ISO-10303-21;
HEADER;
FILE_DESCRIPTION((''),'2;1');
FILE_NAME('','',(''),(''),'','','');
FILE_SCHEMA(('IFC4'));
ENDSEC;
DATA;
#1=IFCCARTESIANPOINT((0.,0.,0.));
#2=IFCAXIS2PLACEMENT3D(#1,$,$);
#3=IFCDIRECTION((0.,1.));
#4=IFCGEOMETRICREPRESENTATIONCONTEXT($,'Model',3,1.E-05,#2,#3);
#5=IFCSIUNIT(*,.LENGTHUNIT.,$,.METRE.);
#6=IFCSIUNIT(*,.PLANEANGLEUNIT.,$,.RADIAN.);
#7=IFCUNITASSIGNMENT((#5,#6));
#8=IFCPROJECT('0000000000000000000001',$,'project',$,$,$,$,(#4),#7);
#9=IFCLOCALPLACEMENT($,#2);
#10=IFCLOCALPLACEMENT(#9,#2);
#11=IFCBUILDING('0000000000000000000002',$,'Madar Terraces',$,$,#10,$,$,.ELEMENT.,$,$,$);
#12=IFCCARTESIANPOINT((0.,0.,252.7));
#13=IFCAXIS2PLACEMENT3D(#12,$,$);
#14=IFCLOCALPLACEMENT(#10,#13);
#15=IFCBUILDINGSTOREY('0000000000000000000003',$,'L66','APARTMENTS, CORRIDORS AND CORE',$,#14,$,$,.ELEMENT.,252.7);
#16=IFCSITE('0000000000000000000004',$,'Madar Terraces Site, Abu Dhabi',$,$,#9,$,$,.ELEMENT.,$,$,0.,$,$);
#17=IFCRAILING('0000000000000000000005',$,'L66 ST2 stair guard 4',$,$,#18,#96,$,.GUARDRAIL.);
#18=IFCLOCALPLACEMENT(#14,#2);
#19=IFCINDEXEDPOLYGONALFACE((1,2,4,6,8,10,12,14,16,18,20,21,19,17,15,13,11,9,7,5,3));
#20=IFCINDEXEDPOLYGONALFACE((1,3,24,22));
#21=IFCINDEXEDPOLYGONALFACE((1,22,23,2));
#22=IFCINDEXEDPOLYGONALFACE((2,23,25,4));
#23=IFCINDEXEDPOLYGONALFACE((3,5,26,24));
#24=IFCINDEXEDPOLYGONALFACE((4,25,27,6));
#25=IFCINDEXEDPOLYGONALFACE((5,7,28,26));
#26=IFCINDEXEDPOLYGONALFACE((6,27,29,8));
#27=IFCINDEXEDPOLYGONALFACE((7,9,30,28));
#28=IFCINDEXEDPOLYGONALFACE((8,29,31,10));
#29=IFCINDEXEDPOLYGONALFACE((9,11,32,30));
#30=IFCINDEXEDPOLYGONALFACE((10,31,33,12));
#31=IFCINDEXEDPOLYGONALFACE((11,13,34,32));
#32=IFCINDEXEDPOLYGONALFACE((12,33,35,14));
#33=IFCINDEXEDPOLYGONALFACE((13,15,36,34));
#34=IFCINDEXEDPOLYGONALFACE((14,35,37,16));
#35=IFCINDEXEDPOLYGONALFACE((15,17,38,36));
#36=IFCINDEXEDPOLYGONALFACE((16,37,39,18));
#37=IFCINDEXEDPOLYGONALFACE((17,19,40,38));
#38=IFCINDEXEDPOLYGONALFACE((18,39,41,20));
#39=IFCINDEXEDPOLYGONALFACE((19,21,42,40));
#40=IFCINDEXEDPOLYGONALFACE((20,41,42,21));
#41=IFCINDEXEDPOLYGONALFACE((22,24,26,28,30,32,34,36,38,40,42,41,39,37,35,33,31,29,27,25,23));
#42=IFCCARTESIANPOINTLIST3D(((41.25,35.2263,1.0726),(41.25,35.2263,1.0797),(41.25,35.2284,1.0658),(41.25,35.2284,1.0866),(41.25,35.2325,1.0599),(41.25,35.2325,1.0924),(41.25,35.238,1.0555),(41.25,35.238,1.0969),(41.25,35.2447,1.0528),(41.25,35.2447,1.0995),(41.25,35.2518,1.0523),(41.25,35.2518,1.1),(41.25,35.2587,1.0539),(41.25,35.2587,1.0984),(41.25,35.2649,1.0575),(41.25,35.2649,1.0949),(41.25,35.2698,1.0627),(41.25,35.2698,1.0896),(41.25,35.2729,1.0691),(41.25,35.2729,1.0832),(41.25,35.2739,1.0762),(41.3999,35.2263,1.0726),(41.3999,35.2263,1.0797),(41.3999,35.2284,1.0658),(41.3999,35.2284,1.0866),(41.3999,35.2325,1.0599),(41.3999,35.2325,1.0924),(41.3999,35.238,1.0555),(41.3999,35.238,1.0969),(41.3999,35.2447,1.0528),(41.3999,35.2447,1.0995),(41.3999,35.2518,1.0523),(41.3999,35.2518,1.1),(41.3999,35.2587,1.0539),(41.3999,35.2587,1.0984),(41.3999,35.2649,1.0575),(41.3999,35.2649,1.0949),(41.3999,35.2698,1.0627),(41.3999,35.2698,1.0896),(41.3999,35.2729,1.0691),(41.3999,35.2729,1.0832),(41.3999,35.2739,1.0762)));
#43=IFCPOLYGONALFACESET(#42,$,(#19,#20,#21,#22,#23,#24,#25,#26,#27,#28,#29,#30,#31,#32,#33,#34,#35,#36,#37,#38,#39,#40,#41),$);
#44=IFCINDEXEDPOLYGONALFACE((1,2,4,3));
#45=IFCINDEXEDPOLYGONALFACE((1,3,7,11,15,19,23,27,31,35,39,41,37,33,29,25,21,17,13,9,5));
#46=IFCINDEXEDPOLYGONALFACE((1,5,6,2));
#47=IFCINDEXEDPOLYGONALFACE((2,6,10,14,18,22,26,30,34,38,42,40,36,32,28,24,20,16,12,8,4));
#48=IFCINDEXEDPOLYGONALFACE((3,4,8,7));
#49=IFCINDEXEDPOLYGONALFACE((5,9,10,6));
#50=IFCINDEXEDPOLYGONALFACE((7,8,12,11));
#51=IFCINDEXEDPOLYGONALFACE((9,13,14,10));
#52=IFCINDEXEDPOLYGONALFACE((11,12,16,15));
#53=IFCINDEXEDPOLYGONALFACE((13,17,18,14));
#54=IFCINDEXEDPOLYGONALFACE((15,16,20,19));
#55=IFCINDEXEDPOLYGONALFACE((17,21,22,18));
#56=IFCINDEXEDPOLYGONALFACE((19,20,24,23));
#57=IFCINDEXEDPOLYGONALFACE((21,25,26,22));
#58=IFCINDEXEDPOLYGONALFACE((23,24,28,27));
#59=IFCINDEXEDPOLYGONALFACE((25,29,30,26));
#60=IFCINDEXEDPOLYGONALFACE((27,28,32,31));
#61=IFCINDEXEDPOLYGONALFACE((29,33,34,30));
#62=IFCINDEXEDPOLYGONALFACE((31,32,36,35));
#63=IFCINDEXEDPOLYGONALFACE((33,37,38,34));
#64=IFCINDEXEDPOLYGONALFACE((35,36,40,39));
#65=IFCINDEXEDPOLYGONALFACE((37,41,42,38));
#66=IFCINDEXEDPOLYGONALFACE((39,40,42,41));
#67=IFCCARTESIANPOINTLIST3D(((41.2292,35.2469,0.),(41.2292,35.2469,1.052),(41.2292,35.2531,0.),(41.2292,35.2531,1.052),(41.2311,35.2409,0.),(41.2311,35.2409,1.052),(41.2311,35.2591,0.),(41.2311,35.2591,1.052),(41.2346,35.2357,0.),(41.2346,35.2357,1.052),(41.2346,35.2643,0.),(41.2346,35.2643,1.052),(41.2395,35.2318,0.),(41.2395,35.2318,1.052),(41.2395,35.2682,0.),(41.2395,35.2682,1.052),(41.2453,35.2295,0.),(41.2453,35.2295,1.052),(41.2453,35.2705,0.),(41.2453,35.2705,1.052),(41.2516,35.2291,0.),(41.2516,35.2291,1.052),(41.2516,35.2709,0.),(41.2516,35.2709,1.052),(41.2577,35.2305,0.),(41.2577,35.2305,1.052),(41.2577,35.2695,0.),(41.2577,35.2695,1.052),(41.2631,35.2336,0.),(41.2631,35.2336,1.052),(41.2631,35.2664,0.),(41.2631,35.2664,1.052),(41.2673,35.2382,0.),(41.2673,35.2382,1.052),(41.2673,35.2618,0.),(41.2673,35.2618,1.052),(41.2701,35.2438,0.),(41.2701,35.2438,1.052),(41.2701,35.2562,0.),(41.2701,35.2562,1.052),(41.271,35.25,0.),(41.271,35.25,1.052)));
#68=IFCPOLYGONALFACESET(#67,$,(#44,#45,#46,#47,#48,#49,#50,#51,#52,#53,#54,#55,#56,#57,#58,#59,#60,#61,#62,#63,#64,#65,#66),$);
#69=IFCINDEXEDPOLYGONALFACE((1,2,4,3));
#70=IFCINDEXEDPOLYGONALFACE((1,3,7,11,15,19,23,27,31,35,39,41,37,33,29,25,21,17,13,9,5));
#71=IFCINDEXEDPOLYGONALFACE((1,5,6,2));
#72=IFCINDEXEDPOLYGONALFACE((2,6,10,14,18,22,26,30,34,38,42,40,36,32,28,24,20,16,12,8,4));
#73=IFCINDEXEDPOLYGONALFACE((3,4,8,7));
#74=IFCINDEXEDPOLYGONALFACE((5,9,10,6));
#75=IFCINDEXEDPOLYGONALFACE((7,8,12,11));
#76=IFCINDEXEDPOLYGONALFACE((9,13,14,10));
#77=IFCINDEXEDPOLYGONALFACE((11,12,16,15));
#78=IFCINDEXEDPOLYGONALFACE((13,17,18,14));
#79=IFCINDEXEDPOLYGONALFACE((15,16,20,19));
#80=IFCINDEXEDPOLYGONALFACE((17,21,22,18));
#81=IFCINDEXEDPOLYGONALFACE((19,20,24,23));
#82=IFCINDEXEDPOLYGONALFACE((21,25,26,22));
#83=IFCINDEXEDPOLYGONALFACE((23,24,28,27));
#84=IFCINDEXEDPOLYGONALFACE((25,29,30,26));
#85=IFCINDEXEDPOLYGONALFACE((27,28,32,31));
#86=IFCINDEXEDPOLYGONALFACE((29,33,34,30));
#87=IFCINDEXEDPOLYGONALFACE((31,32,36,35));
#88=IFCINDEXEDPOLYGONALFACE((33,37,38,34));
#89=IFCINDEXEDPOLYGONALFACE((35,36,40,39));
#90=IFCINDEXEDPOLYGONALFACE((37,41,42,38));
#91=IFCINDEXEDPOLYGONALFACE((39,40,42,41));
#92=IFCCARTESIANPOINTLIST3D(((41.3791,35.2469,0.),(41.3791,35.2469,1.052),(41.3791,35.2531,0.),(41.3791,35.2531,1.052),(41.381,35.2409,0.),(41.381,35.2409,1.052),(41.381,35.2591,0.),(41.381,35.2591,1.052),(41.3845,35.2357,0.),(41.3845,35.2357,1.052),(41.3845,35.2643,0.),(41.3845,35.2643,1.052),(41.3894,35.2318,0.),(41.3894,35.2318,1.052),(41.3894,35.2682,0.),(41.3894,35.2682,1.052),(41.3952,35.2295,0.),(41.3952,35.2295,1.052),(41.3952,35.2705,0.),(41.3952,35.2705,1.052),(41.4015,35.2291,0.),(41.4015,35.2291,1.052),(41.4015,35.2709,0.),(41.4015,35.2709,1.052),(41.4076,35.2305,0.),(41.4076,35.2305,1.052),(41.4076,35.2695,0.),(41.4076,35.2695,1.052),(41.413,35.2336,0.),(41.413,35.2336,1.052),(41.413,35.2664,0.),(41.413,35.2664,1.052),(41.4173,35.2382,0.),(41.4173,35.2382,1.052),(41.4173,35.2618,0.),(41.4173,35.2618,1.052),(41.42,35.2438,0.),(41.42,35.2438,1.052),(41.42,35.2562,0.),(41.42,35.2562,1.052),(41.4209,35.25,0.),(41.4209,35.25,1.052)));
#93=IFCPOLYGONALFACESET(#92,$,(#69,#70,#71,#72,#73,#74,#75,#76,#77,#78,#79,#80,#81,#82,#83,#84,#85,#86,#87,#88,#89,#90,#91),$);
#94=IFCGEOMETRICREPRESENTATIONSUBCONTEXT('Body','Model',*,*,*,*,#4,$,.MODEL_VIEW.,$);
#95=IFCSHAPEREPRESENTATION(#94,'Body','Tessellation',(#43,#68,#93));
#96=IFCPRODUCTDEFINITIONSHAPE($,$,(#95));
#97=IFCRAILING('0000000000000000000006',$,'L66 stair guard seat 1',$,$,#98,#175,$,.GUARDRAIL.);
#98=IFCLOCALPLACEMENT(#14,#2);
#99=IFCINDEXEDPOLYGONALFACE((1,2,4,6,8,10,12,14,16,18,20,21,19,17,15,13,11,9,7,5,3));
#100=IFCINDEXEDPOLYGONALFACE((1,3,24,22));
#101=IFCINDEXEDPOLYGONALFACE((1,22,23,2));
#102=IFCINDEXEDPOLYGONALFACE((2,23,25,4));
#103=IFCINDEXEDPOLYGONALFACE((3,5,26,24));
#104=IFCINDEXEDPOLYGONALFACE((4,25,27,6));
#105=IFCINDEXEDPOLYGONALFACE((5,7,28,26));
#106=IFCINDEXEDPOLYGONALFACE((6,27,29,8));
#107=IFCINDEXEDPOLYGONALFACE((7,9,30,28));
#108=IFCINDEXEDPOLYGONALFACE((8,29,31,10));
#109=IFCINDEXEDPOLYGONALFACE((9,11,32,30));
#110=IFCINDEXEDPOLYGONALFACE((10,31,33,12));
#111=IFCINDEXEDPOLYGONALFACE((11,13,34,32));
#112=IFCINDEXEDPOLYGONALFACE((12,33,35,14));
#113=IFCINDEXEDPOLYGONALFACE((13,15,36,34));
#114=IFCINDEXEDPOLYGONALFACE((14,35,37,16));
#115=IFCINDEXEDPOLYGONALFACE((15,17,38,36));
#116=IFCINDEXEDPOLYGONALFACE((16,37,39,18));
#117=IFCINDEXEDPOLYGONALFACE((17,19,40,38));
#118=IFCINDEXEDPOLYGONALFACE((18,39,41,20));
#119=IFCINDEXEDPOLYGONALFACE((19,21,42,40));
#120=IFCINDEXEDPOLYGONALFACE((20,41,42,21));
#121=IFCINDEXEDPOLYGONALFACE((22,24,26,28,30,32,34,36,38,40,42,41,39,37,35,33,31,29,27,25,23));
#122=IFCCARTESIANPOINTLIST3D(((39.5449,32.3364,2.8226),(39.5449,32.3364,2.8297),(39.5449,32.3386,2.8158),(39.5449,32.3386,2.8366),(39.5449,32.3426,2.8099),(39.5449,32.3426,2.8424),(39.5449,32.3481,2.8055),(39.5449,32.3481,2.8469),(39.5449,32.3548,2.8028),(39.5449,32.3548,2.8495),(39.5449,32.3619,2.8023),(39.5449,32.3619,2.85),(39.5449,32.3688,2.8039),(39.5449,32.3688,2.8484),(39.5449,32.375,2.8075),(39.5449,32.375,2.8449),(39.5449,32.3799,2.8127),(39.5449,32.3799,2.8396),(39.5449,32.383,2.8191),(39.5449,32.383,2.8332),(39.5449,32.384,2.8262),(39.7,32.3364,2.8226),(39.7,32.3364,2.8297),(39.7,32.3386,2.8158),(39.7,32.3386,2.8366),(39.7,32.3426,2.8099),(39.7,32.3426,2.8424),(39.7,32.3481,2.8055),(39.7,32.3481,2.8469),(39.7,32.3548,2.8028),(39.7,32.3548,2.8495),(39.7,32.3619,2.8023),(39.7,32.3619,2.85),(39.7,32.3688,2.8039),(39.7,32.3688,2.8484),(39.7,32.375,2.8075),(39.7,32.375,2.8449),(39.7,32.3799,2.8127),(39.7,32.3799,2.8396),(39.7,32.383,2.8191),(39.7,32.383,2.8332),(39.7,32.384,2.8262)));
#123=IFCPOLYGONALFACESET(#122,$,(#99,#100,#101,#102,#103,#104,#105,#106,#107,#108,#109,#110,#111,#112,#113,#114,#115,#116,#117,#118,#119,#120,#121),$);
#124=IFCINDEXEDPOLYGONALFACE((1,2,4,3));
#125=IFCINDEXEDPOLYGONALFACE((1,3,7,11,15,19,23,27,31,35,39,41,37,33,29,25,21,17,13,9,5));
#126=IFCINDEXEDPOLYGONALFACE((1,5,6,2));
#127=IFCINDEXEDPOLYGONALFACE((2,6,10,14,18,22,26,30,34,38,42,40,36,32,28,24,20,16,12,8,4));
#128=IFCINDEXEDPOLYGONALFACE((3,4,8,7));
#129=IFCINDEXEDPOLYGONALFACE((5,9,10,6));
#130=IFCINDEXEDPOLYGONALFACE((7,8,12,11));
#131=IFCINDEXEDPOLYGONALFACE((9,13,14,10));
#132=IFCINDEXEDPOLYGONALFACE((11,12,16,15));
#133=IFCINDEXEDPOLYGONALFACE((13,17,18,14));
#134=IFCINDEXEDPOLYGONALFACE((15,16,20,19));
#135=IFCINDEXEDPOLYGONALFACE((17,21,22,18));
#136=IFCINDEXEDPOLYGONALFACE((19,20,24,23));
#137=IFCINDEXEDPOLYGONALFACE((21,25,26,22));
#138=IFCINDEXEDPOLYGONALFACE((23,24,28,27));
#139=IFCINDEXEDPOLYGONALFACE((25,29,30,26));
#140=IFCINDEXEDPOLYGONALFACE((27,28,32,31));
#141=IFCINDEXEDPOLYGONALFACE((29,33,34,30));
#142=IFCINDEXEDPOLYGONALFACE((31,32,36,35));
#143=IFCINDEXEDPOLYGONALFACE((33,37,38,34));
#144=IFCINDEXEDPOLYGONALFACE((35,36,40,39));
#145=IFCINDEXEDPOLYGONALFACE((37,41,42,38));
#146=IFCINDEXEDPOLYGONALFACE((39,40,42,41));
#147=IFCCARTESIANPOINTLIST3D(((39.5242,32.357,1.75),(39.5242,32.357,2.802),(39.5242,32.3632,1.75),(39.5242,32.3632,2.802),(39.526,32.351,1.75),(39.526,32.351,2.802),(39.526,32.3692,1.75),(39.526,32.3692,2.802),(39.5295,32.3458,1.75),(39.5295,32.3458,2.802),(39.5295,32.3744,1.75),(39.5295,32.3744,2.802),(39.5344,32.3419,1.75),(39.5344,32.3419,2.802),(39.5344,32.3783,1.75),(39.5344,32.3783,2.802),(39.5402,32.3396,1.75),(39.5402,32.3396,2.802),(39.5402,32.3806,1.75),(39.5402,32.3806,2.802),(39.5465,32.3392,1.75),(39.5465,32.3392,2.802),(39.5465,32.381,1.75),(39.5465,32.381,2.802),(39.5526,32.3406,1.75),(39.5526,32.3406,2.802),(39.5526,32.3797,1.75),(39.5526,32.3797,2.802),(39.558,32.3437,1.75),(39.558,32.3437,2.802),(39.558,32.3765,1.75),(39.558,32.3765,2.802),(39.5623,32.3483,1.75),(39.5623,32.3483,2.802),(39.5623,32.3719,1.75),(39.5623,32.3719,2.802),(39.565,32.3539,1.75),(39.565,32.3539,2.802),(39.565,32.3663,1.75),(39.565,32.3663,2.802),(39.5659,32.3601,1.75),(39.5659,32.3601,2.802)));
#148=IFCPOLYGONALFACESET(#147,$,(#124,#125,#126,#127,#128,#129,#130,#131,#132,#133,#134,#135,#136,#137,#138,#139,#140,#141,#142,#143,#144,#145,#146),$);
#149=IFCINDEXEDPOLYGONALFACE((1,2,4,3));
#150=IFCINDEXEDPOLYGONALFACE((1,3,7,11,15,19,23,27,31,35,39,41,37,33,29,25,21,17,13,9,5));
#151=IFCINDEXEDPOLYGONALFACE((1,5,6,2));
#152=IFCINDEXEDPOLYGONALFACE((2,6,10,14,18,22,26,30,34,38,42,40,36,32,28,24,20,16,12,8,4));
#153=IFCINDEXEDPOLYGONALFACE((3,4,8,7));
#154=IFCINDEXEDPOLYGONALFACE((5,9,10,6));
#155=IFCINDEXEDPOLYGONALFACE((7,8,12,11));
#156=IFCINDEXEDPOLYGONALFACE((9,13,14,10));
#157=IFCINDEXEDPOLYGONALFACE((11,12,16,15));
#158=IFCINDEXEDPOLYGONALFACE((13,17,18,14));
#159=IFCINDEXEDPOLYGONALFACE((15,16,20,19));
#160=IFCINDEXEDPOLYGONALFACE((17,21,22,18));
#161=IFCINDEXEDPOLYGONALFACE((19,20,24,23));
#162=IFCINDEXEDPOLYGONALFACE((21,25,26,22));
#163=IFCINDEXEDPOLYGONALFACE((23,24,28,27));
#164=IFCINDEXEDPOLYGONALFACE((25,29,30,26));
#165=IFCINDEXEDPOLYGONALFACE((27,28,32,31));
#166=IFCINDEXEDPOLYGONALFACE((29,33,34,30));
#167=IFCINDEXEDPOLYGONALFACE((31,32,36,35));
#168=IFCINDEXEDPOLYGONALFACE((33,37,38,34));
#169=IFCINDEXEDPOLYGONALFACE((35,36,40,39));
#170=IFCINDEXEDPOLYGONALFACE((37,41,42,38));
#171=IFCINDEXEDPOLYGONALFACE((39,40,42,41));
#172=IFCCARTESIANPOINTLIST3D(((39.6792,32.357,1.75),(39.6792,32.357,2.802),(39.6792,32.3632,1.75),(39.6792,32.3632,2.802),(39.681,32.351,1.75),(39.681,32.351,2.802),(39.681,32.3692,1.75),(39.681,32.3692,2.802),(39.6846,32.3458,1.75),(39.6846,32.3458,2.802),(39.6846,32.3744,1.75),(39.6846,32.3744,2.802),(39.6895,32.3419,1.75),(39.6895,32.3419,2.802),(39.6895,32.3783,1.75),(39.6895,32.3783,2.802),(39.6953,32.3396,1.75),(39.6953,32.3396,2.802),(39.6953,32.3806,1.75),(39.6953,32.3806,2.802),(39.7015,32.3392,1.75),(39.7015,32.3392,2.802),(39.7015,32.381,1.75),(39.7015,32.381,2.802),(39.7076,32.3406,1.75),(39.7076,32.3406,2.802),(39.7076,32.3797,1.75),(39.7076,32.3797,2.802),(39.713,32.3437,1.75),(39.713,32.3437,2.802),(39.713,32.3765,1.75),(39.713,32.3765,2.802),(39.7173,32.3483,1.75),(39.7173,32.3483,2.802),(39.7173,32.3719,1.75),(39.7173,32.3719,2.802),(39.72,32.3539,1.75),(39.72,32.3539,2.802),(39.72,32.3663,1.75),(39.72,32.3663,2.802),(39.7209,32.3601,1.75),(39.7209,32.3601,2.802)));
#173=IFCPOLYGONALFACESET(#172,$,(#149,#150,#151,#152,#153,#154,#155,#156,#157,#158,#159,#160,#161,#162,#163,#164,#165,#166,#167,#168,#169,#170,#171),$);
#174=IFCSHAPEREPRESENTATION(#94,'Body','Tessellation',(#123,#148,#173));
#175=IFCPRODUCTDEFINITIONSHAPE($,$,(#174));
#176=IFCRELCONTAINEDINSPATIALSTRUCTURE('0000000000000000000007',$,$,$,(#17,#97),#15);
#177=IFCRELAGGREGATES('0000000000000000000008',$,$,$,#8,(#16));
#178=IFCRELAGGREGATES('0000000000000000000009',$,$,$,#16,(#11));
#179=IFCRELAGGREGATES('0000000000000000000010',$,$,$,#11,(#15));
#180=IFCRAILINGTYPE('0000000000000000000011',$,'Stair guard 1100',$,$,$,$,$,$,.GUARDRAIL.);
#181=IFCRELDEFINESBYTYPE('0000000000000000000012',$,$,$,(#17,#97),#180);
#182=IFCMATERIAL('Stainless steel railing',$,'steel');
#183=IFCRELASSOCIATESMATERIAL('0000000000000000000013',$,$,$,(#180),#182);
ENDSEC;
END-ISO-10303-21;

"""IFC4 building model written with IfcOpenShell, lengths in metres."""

from ifc_helpers import new_model, si_unit, direction, frame, origin, origin_2d, place, context, subcontext, project, spatial, circle, extrude, material, type_object, element, save


model = new_model("IFC4")

# Units and contexts
model_context = context("Model", 3, precision=1e-05, world=origin(), true_north=direction((0.0, 1.0)))
body_context = subcontext(model_context, "Body", "Model", "MODEL_VIEW")
ifc_project = project(units=[si_unit("LENGTHUNIT", "METRE"), si_unit("PLANEANGLEUNIT", "RADIAN")], contexts=[model_context])

# Site, building, storey
site_placement = place(None, origin())
site = spatial("IfcSite", under=ifc_project, at=site_placement, Name="Madar Terraces Site, Abu Dhabi", CompositionType="ELEMENT", RefElevation=0.0)
building_placement = place(site_placement, origin())
building = spatial("IfcBuilding", under=site, at=building_placement, Name="Madar Terraces", CompositionType="ELEMENT")
storey_placement = place(building_placement, frame((0.0, 0.0, 252.7)))
storey = spatial("IfcBuildingStorey", under=building, at=storey_placement, Name="L66", Description="APARTMENTS, CORRIDORS AND CORE", CompositionType="ELEMENT", Elevation=252.7)

# Railings
ifc_material_1 = material(Name="Stainless steel railing", Category="steel")
railing_type_1 = type_object("IfcRailingType", Name="Stair guard 1100", PredefinedType="GUARDRAIL", material=ifc_material_1)
railing_1_placement = place(storey_placement, frame((41.25, 35.25, 0.0)))
element("IfcRailing", 1, at=railing_1_placement, inside=storey, type_object=railing_type_1, Name="L66 ST2 stair guard 4", PredefinedType="GUARDRAIL", context=body_context, shape_type="SweptSolid", body=[
    extrude(circle(Radius=0.0239, at=origin_2d()), frame((0.0, 0.0, 1.0762), z_axis=(1.0, 0.0, 0.0), x_axis=(0.0, 1.0, 0.0)), (0.0, 0.0, 1.0), 0.1499),
    extrude(circle(Radius=0.021, at=origin_2d()), origin(), (0.0, 0.0, 1.0), 1.052),
    extrude(circle(Radius=0.021, at=origin_2d()), frame((0.1499, 0.0, 0.0)), (0.0, 0.0, 1.0), 1.052),
])
for number, where, name in (
    (2, (39.5449, 32.3601, 1.75), "L66 stair guard seat 1"),
):
    element("IfcRailing", number, at=place(storey_placement, frame(where)), inside=storey, type_object=railing_type_1, Name=name, PredefinedType="GUARDRAIL", context=body_context, shape_type="SweptSolid", body=[
        extrude(circle(Radius=0.0239, at=origin_2d()), frame((0.0, 0.0, 1.0762), z_axis=(1.0, 0.0, 0.0), x_axis=(0.0, 1.0, 0.0)), (0.0, 0.0, 1.0), 0.155),
        extrude(circle(Radius=0.021, at=origin_2d()), origin(), (0.0, 0.0, 1.0), 1.052),
        extrude(circle(Radius=0.021, at=origin_2d()), frame((0.155, 0.0, 0.0)), (0.0, 0.0, 1.0), 1.052),
    ])

save(model, "model.ifc")
